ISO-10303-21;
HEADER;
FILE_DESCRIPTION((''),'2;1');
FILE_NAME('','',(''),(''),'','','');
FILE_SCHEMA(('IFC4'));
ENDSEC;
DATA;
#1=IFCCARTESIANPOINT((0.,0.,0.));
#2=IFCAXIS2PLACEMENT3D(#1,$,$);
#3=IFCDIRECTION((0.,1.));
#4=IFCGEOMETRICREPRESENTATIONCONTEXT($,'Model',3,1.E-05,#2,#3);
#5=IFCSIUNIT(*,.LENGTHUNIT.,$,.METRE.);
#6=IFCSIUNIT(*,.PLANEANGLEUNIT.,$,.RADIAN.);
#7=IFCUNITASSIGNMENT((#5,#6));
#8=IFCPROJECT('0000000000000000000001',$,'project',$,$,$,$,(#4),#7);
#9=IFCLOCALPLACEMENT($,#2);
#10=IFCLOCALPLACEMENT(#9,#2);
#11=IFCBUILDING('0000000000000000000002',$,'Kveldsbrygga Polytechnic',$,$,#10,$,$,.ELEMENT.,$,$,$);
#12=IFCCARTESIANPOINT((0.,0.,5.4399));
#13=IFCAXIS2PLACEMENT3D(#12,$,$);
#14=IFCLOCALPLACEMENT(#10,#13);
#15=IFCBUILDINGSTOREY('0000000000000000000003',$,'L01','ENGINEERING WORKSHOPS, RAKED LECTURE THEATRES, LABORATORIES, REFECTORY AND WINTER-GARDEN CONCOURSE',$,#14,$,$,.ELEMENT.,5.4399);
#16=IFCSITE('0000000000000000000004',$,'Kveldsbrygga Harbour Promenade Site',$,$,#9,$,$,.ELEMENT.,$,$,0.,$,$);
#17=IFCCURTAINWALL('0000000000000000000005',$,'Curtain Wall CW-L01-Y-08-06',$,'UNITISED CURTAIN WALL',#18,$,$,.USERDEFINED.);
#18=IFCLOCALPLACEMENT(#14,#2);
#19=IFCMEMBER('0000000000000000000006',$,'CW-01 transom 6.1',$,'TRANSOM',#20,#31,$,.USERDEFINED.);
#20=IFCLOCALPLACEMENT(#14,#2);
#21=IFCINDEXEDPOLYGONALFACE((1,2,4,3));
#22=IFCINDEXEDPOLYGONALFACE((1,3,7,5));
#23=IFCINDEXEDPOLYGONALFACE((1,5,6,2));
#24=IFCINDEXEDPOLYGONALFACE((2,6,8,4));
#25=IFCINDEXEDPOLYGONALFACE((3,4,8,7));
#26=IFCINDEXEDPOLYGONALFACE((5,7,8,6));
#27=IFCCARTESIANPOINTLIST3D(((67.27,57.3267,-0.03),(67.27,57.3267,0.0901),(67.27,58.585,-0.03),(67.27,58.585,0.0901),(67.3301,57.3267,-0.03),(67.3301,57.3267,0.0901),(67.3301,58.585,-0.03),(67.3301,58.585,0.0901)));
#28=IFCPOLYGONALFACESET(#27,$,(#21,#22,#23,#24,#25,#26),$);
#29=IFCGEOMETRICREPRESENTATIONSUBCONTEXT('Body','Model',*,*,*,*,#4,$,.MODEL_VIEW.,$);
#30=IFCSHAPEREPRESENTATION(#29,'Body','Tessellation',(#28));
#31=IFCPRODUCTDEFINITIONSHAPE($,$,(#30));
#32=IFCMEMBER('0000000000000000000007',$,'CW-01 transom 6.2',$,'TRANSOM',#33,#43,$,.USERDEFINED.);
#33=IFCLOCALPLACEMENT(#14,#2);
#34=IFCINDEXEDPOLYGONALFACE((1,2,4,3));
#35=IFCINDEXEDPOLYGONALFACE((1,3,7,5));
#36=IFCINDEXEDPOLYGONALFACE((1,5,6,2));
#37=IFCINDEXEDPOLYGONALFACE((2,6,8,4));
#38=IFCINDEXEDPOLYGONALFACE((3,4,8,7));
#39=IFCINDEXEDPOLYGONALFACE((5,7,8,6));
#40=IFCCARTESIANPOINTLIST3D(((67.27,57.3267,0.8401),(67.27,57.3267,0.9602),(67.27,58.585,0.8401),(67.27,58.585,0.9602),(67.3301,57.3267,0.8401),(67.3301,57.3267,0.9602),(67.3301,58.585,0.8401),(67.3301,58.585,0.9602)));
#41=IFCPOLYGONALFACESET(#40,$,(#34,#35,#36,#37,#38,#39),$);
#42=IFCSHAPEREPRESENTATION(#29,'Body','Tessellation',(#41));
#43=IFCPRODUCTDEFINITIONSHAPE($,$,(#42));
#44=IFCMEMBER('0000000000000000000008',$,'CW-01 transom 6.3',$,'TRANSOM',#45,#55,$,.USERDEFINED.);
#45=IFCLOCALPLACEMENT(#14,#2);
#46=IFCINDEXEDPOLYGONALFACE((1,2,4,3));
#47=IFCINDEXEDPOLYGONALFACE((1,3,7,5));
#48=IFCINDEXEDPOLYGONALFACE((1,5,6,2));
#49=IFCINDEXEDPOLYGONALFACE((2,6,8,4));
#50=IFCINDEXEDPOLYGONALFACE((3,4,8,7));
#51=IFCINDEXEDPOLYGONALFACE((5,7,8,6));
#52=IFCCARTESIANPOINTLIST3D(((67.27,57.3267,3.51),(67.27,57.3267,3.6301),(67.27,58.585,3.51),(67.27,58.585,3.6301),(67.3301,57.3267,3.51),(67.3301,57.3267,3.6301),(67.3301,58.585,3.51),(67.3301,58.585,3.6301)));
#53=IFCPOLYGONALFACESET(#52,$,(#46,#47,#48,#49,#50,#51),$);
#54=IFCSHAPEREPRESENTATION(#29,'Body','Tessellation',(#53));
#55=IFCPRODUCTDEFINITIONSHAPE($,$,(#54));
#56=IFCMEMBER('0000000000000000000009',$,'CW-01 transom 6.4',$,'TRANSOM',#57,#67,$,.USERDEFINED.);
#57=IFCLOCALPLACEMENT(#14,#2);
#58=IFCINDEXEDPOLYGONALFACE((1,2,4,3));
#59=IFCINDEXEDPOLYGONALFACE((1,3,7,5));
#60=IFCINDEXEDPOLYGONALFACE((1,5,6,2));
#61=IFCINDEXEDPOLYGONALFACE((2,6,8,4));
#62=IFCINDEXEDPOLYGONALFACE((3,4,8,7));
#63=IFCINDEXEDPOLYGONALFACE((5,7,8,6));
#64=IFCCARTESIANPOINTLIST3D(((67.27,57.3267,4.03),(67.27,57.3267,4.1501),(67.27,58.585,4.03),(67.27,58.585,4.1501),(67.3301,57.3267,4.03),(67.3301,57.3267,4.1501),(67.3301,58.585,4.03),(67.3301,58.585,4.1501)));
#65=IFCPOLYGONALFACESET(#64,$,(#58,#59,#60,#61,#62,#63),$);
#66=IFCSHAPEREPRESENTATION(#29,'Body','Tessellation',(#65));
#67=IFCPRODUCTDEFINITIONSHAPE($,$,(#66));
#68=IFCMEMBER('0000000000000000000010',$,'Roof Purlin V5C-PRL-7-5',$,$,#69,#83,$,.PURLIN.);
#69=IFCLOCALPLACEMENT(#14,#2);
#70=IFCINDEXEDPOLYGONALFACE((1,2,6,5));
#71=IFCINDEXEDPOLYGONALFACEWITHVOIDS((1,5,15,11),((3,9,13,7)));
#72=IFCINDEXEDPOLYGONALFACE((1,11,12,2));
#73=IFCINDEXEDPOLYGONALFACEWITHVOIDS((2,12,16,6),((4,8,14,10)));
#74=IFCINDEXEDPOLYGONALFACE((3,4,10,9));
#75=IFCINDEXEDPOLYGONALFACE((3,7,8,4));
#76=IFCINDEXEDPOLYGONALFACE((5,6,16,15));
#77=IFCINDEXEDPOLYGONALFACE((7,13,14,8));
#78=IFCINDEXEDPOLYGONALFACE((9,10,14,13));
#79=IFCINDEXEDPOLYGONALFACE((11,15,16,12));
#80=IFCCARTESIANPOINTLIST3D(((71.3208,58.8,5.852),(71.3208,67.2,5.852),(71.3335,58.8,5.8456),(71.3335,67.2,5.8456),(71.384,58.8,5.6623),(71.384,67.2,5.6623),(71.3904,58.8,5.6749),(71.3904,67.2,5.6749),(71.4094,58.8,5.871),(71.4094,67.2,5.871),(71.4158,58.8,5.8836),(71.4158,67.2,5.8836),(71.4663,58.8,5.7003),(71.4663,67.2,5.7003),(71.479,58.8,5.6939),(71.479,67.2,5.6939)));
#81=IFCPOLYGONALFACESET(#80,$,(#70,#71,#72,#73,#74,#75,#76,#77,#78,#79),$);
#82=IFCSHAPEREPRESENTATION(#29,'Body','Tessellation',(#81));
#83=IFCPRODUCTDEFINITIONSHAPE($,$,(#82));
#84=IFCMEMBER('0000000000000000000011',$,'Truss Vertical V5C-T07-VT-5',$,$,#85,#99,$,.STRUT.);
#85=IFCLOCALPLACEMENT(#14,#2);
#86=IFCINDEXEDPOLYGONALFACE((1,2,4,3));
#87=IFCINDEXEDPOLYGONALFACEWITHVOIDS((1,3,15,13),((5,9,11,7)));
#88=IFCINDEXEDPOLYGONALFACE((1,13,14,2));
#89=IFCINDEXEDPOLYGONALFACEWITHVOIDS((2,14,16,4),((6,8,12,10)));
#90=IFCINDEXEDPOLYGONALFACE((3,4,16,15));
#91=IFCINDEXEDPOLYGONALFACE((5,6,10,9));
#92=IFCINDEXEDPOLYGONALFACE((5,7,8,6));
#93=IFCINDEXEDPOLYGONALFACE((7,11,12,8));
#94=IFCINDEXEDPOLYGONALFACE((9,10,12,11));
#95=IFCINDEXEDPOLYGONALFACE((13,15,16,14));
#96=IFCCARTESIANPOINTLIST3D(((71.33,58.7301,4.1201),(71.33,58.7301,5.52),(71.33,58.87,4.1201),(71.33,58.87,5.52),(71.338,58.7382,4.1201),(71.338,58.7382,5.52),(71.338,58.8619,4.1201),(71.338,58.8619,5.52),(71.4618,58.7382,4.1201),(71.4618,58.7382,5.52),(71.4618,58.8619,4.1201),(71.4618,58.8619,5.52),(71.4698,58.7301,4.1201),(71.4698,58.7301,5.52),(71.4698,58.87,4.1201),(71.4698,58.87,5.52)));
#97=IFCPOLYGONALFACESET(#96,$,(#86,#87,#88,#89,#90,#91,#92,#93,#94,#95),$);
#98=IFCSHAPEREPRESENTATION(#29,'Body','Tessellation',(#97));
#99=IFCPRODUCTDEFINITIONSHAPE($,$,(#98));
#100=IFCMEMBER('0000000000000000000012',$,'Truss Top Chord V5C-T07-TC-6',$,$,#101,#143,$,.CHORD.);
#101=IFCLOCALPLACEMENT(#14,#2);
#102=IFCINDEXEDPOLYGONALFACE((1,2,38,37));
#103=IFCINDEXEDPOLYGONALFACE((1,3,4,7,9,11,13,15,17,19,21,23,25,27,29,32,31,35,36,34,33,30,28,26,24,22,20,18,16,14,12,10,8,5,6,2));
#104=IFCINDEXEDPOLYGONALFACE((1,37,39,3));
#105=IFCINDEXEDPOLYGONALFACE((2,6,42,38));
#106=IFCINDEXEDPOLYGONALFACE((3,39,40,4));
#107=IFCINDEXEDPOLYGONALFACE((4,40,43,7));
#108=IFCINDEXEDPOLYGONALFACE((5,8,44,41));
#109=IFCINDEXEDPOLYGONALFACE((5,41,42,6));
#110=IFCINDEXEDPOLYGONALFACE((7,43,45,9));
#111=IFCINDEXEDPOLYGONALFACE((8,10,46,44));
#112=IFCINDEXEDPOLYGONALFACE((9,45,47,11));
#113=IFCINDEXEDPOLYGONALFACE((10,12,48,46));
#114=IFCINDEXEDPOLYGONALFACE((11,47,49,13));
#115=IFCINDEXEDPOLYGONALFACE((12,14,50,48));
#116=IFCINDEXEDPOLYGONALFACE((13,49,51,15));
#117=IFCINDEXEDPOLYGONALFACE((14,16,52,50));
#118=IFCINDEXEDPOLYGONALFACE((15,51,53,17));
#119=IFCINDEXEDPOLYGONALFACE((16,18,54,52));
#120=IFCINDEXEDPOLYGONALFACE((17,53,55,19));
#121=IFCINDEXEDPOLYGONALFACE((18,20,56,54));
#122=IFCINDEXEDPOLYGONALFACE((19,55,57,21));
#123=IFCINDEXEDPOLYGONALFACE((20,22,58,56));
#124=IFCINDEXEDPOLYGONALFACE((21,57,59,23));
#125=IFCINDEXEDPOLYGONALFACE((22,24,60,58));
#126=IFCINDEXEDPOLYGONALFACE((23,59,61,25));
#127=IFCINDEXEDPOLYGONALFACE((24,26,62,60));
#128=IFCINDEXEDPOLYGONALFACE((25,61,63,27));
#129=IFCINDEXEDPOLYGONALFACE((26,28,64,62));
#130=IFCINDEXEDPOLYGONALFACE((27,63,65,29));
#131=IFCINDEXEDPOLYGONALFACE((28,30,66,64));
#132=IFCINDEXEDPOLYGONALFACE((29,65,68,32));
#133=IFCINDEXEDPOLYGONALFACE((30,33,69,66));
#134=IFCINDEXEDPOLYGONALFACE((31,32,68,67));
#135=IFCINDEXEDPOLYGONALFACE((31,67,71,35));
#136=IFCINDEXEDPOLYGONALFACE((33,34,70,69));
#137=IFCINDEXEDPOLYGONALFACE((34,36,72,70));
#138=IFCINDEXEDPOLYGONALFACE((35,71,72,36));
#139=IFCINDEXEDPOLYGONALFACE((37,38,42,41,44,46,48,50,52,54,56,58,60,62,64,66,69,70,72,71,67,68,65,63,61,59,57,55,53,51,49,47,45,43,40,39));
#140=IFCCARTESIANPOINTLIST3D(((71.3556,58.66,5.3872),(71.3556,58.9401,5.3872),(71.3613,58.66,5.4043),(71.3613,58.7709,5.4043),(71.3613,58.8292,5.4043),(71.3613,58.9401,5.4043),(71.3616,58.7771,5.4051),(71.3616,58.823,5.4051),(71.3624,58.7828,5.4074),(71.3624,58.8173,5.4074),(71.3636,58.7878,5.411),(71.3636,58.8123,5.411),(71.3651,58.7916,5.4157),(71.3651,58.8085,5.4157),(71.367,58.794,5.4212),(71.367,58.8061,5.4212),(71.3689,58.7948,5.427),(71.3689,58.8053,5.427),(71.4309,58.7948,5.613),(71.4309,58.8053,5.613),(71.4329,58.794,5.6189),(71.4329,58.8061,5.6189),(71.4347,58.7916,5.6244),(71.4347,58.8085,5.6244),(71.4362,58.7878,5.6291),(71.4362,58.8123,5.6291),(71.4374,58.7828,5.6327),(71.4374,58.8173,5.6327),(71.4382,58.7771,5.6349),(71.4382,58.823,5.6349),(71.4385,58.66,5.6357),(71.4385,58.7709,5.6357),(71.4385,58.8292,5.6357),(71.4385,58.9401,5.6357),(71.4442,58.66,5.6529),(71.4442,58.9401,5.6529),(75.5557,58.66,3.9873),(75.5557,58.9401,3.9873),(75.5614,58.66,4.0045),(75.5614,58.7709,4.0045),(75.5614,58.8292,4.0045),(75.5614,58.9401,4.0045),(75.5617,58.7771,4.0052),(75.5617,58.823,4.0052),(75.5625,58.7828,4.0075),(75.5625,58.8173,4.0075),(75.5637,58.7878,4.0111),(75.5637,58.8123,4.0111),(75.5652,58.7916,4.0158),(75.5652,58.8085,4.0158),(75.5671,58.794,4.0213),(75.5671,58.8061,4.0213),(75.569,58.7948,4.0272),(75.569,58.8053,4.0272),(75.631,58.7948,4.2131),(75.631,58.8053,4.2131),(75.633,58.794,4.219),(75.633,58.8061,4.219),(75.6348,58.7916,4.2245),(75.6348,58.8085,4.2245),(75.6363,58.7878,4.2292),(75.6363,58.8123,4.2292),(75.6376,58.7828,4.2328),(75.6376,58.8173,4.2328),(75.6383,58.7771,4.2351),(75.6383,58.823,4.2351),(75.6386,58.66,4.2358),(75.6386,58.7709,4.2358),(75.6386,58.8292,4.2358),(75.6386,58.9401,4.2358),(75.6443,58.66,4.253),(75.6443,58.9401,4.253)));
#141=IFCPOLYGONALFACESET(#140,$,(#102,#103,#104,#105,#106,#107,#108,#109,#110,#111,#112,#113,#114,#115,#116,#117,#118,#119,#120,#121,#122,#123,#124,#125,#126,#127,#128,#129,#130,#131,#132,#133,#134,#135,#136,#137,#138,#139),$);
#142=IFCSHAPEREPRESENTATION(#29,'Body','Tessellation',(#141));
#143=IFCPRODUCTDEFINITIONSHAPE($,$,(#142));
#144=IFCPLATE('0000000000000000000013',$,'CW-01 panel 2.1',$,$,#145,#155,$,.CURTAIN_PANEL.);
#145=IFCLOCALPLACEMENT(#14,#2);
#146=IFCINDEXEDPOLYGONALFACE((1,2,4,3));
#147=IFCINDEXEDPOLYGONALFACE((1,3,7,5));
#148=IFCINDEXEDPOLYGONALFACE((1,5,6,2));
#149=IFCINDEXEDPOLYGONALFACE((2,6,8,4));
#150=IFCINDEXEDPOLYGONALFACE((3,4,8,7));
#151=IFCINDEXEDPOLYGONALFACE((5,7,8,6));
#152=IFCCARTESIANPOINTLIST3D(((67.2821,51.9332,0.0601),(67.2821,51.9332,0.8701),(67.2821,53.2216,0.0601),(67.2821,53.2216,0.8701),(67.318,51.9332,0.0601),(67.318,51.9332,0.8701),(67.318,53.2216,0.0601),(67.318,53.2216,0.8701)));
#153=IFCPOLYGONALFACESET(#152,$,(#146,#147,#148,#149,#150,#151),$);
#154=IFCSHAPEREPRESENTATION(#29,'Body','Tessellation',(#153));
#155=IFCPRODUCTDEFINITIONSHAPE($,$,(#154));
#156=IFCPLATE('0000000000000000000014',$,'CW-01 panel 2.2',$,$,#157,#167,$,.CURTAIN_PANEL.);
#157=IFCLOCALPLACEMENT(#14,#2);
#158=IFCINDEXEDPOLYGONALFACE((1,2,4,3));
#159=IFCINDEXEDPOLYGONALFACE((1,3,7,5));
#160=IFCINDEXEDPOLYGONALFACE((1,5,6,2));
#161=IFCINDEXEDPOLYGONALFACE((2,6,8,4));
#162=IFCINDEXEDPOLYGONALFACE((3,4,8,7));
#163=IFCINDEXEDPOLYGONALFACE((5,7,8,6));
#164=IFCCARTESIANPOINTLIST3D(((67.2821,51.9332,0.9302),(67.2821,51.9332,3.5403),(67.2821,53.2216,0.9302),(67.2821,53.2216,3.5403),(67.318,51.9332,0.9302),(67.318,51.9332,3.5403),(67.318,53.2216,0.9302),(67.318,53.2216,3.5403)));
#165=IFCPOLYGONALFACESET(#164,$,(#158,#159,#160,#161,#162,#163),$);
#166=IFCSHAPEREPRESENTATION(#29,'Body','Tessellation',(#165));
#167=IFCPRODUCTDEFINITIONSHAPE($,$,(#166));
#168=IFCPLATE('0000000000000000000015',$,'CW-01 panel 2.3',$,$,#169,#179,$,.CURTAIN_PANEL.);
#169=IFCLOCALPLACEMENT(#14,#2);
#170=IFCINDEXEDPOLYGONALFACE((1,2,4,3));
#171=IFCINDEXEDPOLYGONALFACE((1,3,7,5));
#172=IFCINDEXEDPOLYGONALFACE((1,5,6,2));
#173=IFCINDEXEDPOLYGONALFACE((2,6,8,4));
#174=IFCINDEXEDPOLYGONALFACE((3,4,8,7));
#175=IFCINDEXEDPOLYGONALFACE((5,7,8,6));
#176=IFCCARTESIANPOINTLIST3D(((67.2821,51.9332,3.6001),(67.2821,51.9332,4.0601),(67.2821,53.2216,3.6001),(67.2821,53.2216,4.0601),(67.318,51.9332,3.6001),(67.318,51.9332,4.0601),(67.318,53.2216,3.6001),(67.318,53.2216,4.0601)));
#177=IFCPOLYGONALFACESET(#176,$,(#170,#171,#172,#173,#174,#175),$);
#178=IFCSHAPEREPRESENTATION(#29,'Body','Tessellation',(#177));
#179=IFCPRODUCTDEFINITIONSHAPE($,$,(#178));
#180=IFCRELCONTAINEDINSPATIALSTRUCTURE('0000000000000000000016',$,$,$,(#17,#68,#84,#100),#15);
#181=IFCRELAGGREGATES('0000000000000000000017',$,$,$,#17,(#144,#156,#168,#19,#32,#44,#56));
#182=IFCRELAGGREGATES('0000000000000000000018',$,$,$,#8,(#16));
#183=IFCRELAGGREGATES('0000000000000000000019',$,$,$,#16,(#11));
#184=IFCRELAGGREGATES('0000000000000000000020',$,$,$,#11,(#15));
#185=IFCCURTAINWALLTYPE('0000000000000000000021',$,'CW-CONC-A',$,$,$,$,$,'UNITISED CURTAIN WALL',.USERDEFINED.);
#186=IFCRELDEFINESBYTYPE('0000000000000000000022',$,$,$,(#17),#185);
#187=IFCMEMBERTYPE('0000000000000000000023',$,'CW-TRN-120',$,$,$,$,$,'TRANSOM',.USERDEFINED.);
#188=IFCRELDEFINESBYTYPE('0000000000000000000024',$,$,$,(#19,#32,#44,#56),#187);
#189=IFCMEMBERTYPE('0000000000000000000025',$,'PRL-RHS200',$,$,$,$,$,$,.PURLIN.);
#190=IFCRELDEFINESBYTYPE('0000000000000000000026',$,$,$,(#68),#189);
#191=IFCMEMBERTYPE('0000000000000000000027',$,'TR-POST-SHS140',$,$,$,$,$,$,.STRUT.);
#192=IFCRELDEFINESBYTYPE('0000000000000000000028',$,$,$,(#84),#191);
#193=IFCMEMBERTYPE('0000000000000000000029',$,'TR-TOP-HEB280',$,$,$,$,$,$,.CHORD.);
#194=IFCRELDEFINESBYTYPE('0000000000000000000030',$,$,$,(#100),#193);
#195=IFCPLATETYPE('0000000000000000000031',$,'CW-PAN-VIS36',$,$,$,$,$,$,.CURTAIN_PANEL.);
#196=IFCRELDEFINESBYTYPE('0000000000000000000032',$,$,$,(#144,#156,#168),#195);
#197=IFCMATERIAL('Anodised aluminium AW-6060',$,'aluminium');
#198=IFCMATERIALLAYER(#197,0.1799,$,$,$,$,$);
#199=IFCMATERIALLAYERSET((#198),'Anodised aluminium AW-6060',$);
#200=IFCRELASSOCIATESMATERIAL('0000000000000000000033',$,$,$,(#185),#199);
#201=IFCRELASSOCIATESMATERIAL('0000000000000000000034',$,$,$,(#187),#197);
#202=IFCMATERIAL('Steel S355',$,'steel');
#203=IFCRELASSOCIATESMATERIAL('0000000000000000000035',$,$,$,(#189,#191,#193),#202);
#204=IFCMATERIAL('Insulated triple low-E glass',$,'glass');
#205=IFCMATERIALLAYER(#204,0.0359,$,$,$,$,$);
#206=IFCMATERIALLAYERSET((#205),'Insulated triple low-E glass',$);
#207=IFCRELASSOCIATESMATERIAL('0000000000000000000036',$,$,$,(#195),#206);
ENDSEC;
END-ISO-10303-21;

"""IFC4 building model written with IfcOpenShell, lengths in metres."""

from ifc_helpers import new_model, si_unit, direction, frame, origin, origin_2d, place, context, subcontext, project, spatial, rectangle, hollow_rectangle, i_section, extrude, material, layer, layer_set, material_profile, profile_set, type_object, element, aggregate, save


model = new_model("IFC4")

# Units and contexts
model_context = context("Model", 3, precision=1e-05, world=origin(), true_north=direction((0.0, 1.0)))
body_context = subcontext(model_context, "Body", "Model", "MODEL_VIEW")
ifc_project = project(units=[si_unit("LENGTHUNIT", "METRE"), si_unit("PLANEANGLEUNIT", "RADIAN")], contexts=[model_context])

# Site, building, storey
site_placement = place(None, origin())
site = spatial("IfcSite", under=ifc_project, at=site_placement, Name="Kveldsbrygga Harbour Promenade Site", CompositionType="ELEMENT", RefElevation=0.0)
building_placement = place(site_placement, origin())
building = spatial("IfcBuilding", under=site, at=building_placement, Name="Kveldsbrygga Polytechnic", CompositionType="ELEMENT")
storey_placement = place(building_placement, frame((0.0, 0.0, 5.4399)))
storey = spatial("IfcBuildingStorey", under=building, at=storey_placement, Name="L01", Description="ENGINEERING WORKSHOPS, RAKED LECTURE THEATRES, LABORATORIES, REFECTORY AND WINTER-GARDEN CONCOURSE", CompositionType="ELEMENT", Elevation=5.4399)

# Curtain wall, members
ifc_material_1 = material(Name="Anodised aluminium AW-6060", Category="aluminium")
ifc_layer_1 = layer(ifc_material_1, 0.1799)
ifc_layer_set_1 = layer_set([ifc_layer_1], Name="Anodised aluminium AW-6060")
curtain_wall_type = type_object("IfcCurtainWallType", Name="CW-CONC-A", ElementType="UNITISED CURTAIN WALL", PredefinedType="USERDEFINED", material=ifc_layer_set_1)
curtain_wall_placement = place(storey_placement, origin())
curtain_wall = element("IfcCurtainWall", 1, at=curtain_wall_placement, inside=storey, type_object=curtain_wall_type, Name="Curtain Wall CW-L01-Y-08-06", ObjectType="UNITISED CURTAIN WALL", PredefinedType="USERDEFINED")
ifc_material_profile_1 = material_profile(ifc_material_1, rectangle(XDim=0.0601, YDim=0.1201, at=origin_2d()), Name="ALU 60x120")
ifc_profile_set_1 = profile_set([ifc_material_profile_1], Name="Anodised aluminium AW-6060")
member_type_1 = type_object("IfcMemberType", Name="CW-TRN-120", ElementType="TRANSOM", PredefinedType="USERDEFINED", material=ifc_profile_set_1)
member_1_placement = place(storey_placement, frame((67.3, 57.3267, 0.03), z_axis=(0.0, 1.0, 0.0), x_axis=(-1.0, 0.0, 0.0)))
member_1 = element("IfcMember", 2, at=member_1_placement, type_object=member_type_1, Name="CW-01 transom 6.1", ObjectType="TRANSOM", PredefinedType="USERDEFINED", context=body_context, shape_type="SweptSolid", body=[
    extrude(rectangle(XDim=0.0601, YDim=0.1201, at=origin_2d()), origin(), (0.0, 0.0, 1.0), 1.2583),
])
member_2_placement = place(storey_placement, frame((67.3, 57.3267, 0.9001), z_axis=(0.0, 1.0, 0.0), x_axis=(-1.0, 0.0, 0.0)))
member_2 = element("IfcMember", 3, at=member_2_placement, type_object=member_type_1, Name="CW-01 transom 6.2", ObjectType="TRANSOM", PredefinedType="USERDEFINED", context=body_context, shape_type="SweptSolid", body=[
    extrude(rectangle(XDim=0.0601, YDim=0.1201, at=origin_2d()), origin(), (0.0, 0.0, 1.0), 1.2583),
])
member_3_placement = place(storey_placement, frame((67.3, 57.3267, 3.5701), z_axis=(0.0, 1.0, 0.0), x_axis=(-1.0, 0.0, 0.0)))
member_3 = element("IfcMember", 4, at=member_3_placement, type_object=member_type_1, Name="CW-01 transom 6.3", ObjectType="TRANSOM", PredefinedType="USERDEFINED", context=body_context, shape_type="SweptSolid", body=[
    extrude(rectangle(XDim=0.0601, YDim=0.1201, at=origin_2d()), origin(), (0.0, 0.0, 1.0), 1.2583),
])
member_4_placement = place(storey_placement, frame((67.3, 57.3267, 4.0901), z_axis=(0.0, 1.0, 0.0), x_axis=(-1.0, 0.0, 0.0)))
member_4 = element("IfcMember", 5, at=member_4_placement, type_object=member_type_1, Name="CW-01 transom 6.4", ObjectType="TRANSOM", PredefinedType="USERDEFINED", context=body_context, shape_type="SweptSolid", body=[
    extrude(rectangle(XDim=0.0601, YDim=0.1201, at=origin_2d()), origin(), (0.0, 0.0, 1.0), 1.2583),
])

# Members
ifc_material_2 = material(Name="Steel S355", Category="steel")
ifc_material_profile_2 = material_profile(ifc_material_2, hollow_rectangle(XDim=0.1001, YDim=0.2, WallThickness=0.01, at=origin_2d()), Name="RHS 200x100x10.0")
ifc_profile_set_2 = profile_set([ifc_material_profile_2], Name="Steel S355")
member_type_2 = type_object("IfcMemberType", Name="PRL-RHS200", PredefinedType="PURLIN", material=ifc_profile_set_2)
member_5_placement = place(storey_placement, frame((71.3999, 58.8, 5.7729), z_axis=(0.0, 1.0, 0.0), x_axis=(-0.948684, 0.0, -0.316227)))
element("IfcMember", 6, at=member_5_placement, inside=storey, type_object=member_type_2, Name="Roof Purlin V5C-PRL-7-5", PredefinedType="PURLIN", context=body_context, shape_type="SweptSolid", body=[
    extrude(hollow_rectangle(XDim=0.1001, YDim=0.2, WallThickness=0.01, at=origin_2d()), origin(), (0.0, 0.0, 1.0), 8.3999),
])
ifc_material_profile_3 = material_profile(ifc_material_2, hollow_rectangle(XDim=0.1399, YDim=0.1399, WallThickness=0.0081, at=origin_2d()), Name="SHS 140x140x8.0")
ifc_profile_set_3 = profile_set([ifc_material_profile_3], Name="Steel S355")
member_type_3 = type_object("IfcMemberType", Name="TR-POST-SHS140", PredefinedType="STRUT", material=ifc_profile_set_3)
member_6_placement = place(storey_placement, frame((71.3999, 58.8, 4.1201), z_axis=(0.0, 0.0, 1.0), x_axis=(1.0, 0.0, 0.0)))
element("IfcMember", 7, at=member_6_placement, inside=storey, type_object=member_type_3, Name="Truss Vertical V5C-T07-VT-5", PredefinedType="STRUT", context=body_context, shape_type="SweptSolid", body=[
    extrude(hollow_rectangle(XDim=0.1399, YDim=0.1399, WallThickness=0.0081, at=origin_2d()), origin(), (0.0, 0.0, 1.0), 1.3999),
])
ifc_material_profile_4 = material_profile(ifc_material_2, i_section(OverallWidth=0.28, OverallDepth=0.28, WebThickness=0.0105, FlangeThickness=0.0181, FilletRadius=0.0239, at=origin_2d()), Name="HEB 280")
ifc_profile_set_4 = profile_set([ifc_material_profile_4], Name="Steel S355")
member_type_4 = type_object("IfcMemberType", Name="TR-TOP-HEB280", PredefinedType="CHORD", material=ifc_profile_set_4)
member_7_placement = place(storey_placement, frame((71.3999, 58.8, 5.52), z_axis=(0.948694, 0.0, -0.316195), x_axis=(0.0, 1.0, 0.0)))
element("IfcMember", 8, at=member_7_placement, inside=storey, type_object=member_type_4, Name="Truss Top Chord V5C-T07-TC-6", PredefinedType="CHORD", context=body_context, shape_type="SweptSolid", body=[
    extrude(i_section(OverallWidth=0.28, OverallDepth=0.28, WebThickness=0.0105, FlangeThickness=0.0181, FilletRadius=0.0239, at=origin_2d()), origin(), (0.0, 0.0, 1.0), 4.4272),
])

# Plates
ifc_material_3 = material(Name="Insulated triple low-E glass", Category="glass")
ifc_layer_2 = layer(ifc_material_3, 0.0359)
ifc_layer_set_2 = layer_set([ifc_layer_2], Name="Insulated triple low-E glass")
plate_type_1 = type_object("IfcPlateType", Name="CW-PAN-VIS36", PredefinedType="CURTAIN_PANEL", material=ifc_layer_set_2)
plate_1_placement = place(storey_placement, frame((67.3, 52.5774, 0.0601), z_axis=(0.0, 0.0, 1.0), x_axis=(0.0, 1.0, 0.0)))
plate_1 = element("IfcPlate", 9, at=plate_1_placement, type_object=plate_type_1, Name="CW-01 panel 2.1", PredefinedType="CURTAIN_PANEL", context=body_context, shape_type="SweptSolid", body=[
    extrude(rectangle(XDim=1.2883, YDim=0.0359, at=origin_2d()), origin(), (0.0, 0.0, 1.0), 0.8101),
])
plate_2_placement = place(storey_placement, frame((67.3, 52.5774, 0.9302), z_axis=(0.0, 0.0, 1.0), x_axis=(0.0, 1.0, 0.0)))
plate_2 = element("IfcPlate", 10, at=plate_2_placement, type_object=plate_type_1, Name="CW-01 panel 2.2", PredefinedType="CURTAIN_PANEL", context=body_context, shape_type="SweptSolid", body=[
    extrude(rectangle(XDim=1.2883, YDim=0.0359, at=origin_2d()), origin(), (0.0, 0.0, 1.0), 2.6101),
])
plate_3_placement = place(storey_placement, frame((67.3, 52.5774, 3.6001), z_axis=(0.0, 0.0, 1.0), x_axis=(0.0, 1.0, 0.0)))
plate_3 = element("IfcPlate", 11, at=plate_3_placement, type_object=plate_type_1, Name="CW-01 panel 2.3", PredefinedType="CURTAIN_PANEL", context=body_context, shape_type="SweptSolid", body=[
    extrude(rectangle(XDim=1.2883, YDim=0.0359, at=origin_2d()), origin(), (0.0, 0.0, 1.0), 0.46),
])
aggregate(curtain_wall, [plate_1, plate_2, plate_3, member_1, member_2, member_3, member_4])

save(model, "model.ifc")
